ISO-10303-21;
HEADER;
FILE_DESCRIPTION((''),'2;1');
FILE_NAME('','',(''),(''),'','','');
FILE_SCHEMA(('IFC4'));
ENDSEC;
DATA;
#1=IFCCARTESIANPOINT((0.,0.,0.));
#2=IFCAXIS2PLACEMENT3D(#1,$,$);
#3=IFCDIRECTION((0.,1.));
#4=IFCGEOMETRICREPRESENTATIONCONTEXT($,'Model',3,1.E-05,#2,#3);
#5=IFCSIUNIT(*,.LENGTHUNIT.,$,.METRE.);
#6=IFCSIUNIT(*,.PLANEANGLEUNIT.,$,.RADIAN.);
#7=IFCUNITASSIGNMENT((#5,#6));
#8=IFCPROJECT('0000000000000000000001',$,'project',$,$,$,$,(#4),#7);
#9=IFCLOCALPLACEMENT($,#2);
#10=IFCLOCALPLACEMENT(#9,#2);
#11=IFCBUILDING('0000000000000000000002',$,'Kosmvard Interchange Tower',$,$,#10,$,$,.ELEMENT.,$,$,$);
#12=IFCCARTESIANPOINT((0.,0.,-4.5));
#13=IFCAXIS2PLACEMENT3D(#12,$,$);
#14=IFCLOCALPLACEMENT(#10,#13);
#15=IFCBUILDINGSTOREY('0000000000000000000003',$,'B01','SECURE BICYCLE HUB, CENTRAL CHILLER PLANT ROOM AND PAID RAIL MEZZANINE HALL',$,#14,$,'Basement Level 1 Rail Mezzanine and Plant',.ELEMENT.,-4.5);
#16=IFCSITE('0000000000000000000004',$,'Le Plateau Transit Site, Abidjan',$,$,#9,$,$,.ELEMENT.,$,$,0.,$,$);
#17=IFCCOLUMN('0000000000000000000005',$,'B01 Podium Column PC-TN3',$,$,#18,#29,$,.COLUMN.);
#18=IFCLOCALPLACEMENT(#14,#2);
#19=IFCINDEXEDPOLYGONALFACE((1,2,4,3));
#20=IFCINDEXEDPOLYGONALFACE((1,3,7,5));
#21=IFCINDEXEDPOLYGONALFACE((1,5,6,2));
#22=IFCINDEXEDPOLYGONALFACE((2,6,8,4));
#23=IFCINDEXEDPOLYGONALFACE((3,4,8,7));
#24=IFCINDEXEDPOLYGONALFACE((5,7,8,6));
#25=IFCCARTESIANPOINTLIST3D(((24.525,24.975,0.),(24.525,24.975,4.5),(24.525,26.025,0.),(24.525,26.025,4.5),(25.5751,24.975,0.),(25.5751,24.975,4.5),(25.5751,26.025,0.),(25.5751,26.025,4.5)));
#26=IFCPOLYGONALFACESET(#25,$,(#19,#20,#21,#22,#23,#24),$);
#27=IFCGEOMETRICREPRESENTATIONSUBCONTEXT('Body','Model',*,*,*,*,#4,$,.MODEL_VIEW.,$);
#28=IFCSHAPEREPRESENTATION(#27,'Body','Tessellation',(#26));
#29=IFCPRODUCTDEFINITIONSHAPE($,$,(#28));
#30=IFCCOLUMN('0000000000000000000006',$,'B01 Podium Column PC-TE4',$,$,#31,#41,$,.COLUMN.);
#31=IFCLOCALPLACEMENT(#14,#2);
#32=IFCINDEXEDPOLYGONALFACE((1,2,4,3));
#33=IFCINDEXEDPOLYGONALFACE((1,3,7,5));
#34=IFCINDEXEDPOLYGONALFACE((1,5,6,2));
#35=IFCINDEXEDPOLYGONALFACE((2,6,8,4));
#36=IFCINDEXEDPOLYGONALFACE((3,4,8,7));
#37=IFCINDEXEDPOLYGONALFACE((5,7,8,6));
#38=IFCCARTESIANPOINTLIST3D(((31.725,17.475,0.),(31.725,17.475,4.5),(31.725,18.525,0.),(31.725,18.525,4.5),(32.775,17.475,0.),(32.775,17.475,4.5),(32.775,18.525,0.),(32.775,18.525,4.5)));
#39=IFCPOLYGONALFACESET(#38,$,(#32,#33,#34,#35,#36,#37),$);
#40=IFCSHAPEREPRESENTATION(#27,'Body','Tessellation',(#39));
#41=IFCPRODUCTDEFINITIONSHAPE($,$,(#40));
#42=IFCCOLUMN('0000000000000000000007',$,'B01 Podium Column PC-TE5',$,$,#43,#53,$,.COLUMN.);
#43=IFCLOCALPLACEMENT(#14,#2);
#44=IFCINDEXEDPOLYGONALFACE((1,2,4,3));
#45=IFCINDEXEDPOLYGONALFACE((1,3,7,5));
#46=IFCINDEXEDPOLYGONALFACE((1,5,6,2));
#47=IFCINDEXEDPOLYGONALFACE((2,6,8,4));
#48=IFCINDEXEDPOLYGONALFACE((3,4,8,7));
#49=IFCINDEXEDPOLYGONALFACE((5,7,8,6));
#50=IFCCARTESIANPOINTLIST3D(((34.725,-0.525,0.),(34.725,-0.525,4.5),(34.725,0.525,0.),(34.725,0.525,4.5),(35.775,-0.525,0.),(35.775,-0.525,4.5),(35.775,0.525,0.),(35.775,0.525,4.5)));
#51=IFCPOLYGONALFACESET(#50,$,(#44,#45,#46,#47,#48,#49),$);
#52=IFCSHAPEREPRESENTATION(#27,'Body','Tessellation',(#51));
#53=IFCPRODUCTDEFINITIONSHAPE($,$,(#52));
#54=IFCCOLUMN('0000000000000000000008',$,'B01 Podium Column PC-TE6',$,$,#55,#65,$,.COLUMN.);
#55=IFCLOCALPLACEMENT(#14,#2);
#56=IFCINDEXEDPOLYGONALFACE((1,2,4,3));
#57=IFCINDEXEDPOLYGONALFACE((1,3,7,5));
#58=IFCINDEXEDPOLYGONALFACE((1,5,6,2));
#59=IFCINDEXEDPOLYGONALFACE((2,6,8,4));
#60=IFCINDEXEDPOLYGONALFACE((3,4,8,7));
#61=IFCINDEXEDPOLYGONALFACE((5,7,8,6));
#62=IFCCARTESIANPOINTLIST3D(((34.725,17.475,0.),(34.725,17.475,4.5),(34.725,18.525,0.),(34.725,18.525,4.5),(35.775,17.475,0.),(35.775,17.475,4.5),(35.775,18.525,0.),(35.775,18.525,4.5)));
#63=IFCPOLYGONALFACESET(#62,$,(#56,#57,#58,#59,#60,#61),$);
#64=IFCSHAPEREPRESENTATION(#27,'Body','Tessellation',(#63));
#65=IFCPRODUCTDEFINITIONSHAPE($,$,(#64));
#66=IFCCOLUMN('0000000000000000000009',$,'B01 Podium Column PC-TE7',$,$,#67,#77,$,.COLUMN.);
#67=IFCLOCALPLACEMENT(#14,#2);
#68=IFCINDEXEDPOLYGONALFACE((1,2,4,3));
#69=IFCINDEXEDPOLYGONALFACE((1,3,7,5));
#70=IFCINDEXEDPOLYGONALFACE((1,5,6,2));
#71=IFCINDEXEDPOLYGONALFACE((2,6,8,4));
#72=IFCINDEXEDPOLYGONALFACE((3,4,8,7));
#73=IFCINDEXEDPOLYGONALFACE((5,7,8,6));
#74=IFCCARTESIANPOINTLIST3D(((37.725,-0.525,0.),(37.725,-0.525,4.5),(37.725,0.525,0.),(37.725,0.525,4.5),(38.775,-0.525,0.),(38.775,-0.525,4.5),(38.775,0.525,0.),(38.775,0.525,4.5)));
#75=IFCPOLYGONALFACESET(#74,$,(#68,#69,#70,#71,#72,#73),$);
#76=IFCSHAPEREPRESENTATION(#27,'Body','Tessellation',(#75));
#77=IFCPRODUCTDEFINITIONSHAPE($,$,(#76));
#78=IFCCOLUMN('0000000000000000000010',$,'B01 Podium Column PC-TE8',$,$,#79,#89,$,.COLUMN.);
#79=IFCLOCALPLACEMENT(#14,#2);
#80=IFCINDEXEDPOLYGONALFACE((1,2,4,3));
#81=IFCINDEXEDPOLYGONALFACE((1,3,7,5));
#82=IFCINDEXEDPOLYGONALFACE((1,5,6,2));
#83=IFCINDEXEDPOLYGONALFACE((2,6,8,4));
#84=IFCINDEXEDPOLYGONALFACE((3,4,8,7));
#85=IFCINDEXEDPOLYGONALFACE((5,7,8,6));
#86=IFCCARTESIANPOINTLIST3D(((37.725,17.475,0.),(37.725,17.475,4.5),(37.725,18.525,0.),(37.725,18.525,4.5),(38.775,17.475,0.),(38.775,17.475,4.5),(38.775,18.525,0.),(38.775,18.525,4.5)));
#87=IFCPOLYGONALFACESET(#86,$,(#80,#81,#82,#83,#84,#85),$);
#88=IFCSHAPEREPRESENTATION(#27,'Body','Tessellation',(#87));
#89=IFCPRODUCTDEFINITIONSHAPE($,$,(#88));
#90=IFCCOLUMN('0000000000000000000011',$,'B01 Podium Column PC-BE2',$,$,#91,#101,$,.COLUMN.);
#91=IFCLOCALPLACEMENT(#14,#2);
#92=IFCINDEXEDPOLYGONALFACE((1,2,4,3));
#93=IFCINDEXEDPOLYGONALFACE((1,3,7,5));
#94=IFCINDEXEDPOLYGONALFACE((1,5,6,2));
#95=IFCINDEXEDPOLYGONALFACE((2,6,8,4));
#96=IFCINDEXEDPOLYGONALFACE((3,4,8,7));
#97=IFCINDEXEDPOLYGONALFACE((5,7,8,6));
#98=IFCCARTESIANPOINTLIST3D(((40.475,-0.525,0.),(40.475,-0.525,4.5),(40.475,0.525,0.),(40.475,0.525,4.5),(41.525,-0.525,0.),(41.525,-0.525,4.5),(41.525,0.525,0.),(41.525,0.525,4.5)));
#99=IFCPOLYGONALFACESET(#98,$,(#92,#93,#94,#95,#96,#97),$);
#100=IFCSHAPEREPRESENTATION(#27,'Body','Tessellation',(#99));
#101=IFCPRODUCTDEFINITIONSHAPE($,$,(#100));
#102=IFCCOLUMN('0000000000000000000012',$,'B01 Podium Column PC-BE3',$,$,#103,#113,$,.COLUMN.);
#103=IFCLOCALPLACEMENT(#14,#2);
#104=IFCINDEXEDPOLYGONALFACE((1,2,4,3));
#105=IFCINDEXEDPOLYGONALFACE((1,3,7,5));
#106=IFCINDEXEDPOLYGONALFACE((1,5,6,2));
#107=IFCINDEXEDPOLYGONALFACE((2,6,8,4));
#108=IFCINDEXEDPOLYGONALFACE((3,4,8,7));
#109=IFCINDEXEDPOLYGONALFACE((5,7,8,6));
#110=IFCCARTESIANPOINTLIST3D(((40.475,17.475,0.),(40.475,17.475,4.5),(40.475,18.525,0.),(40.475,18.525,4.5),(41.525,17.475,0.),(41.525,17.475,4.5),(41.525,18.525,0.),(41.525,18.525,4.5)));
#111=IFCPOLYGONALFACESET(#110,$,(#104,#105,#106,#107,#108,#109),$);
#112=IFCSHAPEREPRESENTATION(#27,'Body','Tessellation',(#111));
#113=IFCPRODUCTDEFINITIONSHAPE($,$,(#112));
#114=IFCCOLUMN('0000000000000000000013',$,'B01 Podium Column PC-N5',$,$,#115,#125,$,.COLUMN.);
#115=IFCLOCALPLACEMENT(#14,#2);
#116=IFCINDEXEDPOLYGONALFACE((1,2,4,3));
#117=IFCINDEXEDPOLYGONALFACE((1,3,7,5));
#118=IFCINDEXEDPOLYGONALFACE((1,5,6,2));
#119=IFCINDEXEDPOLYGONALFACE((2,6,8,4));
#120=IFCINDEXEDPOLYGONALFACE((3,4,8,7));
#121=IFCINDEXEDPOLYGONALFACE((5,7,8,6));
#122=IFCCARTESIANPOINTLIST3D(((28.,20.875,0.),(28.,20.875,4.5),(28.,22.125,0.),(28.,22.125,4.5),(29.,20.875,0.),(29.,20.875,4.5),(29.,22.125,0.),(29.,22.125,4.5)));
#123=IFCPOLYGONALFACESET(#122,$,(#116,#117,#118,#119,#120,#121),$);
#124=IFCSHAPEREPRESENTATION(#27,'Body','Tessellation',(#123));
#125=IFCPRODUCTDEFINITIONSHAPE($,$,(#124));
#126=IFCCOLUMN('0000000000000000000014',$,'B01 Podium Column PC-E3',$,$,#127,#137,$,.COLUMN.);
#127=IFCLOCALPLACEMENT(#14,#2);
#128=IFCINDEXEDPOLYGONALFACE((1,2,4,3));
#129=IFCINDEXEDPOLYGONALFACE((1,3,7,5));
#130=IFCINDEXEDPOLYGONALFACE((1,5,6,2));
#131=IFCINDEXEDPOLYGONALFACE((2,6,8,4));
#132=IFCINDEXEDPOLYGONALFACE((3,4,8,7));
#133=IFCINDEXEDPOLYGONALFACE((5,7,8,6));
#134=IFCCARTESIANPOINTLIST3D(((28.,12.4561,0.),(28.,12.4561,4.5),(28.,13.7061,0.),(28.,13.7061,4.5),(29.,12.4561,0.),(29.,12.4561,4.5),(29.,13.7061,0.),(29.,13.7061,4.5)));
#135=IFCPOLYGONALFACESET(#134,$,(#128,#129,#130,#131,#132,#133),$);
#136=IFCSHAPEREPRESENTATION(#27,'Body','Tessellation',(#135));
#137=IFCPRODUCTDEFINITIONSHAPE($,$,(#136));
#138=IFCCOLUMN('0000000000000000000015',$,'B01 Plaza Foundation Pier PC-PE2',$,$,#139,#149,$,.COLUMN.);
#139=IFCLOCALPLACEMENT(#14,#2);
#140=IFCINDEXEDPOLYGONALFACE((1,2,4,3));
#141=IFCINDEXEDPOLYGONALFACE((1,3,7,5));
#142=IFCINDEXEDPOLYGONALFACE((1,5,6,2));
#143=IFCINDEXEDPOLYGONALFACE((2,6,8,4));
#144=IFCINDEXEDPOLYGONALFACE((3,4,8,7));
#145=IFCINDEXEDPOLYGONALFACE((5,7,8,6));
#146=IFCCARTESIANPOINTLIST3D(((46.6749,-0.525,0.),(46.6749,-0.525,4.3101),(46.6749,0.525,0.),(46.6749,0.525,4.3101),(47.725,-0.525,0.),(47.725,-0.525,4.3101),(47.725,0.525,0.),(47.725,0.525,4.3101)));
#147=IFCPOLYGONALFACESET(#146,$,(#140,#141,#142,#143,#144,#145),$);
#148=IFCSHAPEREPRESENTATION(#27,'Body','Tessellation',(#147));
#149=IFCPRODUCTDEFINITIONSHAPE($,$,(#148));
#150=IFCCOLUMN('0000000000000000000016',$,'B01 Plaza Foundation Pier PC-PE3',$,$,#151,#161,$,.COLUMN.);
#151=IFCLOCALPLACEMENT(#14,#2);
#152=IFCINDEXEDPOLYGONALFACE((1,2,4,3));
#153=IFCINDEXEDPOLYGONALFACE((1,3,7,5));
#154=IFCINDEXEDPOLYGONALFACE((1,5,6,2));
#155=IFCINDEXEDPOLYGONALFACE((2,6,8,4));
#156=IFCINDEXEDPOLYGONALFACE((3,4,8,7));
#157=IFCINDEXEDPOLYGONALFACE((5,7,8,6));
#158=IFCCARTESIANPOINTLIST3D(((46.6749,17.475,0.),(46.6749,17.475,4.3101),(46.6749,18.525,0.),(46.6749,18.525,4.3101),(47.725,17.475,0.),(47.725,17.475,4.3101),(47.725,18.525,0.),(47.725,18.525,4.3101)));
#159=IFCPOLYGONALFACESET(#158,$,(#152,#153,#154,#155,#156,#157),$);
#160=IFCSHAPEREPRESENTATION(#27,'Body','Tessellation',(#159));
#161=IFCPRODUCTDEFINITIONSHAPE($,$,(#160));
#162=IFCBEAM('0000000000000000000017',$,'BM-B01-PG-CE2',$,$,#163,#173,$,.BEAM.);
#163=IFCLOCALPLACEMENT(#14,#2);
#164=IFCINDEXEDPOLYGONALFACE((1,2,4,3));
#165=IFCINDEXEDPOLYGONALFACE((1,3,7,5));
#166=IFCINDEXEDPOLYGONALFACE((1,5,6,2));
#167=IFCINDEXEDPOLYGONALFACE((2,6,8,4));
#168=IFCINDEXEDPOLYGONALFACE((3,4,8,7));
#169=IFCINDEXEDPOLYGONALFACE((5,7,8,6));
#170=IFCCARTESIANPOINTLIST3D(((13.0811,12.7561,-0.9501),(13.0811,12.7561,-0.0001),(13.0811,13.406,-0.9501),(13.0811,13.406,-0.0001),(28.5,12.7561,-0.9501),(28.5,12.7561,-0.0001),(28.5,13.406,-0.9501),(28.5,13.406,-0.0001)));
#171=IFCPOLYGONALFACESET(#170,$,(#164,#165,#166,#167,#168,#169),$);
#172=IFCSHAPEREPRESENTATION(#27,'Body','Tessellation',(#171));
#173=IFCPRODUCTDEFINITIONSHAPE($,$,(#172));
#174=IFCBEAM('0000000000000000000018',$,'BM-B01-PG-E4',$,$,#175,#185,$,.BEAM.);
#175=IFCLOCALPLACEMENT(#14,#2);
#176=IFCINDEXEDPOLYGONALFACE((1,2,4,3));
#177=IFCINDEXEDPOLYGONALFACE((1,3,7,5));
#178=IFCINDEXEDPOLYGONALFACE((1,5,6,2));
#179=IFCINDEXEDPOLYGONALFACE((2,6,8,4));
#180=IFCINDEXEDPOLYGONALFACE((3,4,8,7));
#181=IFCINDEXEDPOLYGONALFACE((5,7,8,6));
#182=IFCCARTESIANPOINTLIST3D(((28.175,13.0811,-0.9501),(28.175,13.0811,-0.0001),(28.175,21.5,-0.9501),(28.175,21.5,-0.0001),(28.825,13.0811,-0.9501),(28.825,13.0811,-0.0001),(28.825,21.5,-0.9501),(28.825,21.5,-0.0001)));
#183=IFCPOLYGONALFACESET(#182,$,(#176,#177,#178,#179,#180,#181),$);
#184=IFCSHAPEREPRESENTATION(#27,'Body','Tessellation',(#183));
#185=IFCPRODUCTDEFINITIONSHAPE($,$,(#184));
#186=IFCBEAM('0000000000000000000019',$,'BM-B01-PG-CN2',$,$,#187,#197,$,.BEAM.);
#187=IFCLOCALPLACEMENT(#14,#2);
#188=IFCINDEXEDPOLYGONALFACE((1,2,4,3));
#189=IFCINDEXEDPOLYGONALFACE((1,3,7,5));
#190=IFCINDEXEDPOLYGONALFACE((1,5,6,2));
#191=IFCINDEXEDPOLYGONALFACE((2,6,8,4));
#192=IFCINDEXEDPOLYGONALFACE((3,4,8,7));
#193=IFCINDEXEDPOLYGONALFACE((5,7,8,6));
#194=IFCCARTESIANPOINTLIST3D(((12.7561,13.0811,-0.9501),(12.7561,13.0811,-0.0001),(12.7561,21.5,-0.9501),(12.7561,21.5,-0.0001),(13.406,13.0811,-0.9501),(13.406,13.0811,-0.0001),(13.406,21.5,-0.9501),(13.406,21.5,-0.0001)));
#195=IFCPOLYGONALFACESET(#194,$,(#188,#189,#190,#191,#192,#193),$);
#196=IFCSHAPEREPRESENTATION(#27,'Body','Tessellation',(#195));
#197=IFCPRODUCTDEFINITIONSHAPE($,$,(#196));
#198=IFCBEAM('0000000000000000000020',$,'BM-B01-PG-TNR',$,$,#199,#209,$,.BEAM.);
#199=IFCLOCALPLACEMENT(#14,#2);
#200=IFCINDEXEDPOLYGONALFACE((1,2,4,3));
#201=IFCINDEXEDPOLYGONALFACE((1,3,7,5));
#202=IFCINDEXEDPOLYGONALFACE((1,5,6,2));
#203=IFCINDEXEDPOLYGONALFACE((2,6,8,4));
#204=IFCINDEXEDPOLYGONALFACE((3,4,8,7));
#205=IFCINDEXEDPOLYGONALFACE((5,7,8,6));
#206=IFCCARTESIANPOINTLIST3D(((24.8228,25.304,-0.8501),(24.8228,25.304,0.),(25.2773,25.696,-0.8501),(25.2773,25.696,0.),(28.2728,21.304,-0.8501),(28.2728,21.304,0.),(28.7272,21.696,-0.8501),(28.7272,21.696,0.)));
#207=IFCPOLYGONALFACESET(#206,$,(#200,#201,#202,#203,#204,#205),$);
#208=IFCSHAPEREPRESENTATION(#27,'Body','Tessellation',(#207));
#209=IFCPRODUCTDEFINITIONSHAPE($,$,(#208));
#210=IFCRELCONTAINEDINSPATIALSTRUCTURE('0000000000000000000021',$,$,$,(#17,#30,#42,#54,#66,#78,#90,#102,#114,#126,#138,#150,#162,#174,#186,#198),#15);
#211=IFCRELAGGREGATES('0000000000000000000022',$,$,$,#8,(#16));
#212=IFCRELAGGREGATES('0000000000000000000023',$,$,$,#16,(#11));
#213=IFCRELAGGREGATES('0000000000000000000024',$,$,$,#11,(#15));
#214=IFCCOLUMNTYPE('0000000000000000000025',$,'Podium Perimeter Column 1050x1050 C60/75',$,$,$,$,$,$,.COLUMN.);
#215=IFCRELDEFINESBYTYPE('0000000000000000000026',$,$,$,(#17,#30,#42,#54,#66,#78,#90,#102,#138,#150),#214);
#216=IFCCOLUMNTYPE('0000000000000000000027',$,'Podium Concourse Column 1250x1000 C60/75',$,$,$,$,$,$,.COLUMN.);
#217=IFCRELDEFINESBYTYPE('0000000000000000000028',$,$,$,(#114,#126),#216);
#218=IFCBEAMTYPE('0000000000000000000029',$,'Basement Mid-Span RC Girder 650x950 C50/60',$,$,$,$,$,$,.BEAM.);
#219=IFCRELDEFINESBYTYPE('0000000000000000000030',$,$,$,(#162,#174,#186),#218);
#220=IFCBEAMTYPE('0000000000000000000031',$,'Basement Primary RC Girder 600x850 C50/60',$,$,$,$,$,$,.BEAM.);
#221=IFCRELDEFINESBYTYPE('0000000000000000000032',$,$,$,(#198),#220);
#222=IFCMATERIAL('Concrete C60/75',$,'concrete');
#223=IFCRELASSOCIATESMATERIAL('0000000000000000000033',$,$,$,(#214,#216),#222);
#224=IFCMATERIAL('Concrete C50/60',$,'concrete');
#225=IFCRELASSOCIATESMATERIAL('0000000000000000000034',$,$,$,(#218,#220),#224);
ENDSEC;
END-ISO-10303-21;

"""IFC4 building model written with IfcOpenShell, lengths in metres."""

from ifc_helpers import new_model, si_unit, direction, frame, origin, origin_2d, place, context, subcontext, project, spatial, rectangle, extrude, source, transform, mapped, material, material_profile, profile_set, type_object, element, save


model = new_model("IFC4")

# Units and contexts
model_context = context("Model", 3, precision=1e-05, world=origin(), true_north=direction((0.0, 1.0)))
body_context = subcontext(model_context, "Body", "Model", "MODEL_VIEW")
ifc_project = project(units=[si_unit("LENGTHUNIT", "METRE"), si_unit("PLANEANGLEUNIT", "RADIAN")], contexts=[model_context])

# Site, building, storey
site_placement = place(None, origin())
site = spatial("IfcSite", under=ifc_project, at=site_placement, Name="Le Plateau Transit Site, Abidjan", CompositionType="ELEMENT", RefElevation=0.0)
building_placement = place(site_placement, origin())
building = spatial("IfcBuilding", under=site, at=building_placement, Name="Kosmvard Interchange Tower", CompositionType="ELEMENT")
storey_placement = place(building_placement, frame((0.0, 0.0, -4.5)))
storey = spatial("IfcBuildingStorey", under=building, at=storey_placement, Name="B01", Description="SECURE BICYCLE HUB, CENTRAL CHILLER PLANT ROOM AND PAID RAIL MEZZANINE HALL", LongName="Basement Level 1 Rail Mezzanine and Plant", CompositionType="ELEMENT", Elevation=-4.5)

# Columns
ifc_material_1 = material(Name="Concrete C60/75", Category="concrete")
ifc_material_profile_1 = material_profile(ifc_material_1, rectangle(XDim=1.05, YDim=1.05, at=origin_2d()), Name="PC 1050x1050")
ifc_profile_set_1 = profile_set([ifc_material_profile_1], Name="Concrete C60/75")
column_type_1 = type_object("IfcColumnType", Name="Podium Perimeter Column 1050x1050 C60/75", PredefinedType="COLUMN", material=ifc_profile_set_1)
shared_shape_1 = source(origin(), body_context, "Body", "SweptSolid", [
    extrude(rectangle(XDim=1.05, YDim=1.05, at=origin_2d()), origin(), (0.0, 0.0, 1.0), 4.5),
])
for number, where, z_axis, x_axis, name in (
    (1, (25.05, 25.5, 0.0), (0.0, 0.0, 1.0), (1.0, 0.0, 0.0), "B01 Podium Column PC-TN3"),
    (2, (32.25, 18.0, 0.0), (0.0, 0.0, 1.0), (1.0, 0.0, 0.0), "B01 Podium Column PC-TE4"),
    (3, (35.25, 0.0, 0.0), (0.0, 0.0, 1.0), (1.0, 0.0, 0.0), "B01 Podium Column PC-TE5"),
    (4, (35.25, 18.0, 0.0), (0.0, 0.0, 1.0), (1.0, 0.0, 0.0), "B01 Podium Column PC-TE6"),
    (5, (38.25, 0.0, 0.0), (0.0, 0.0, 1.0), (1.0, 0.0, 0.0), "B01 Podium Column PC-TE7"),
    (6, (38.25, 18.0, 0.0), (0.0, 0.0, 1.0), (1.0, 0.0, 0.0), "B01 Podium Column PC-TE8"),
    (7, (41.0, 0.0, 0.0), (0.0, 0.0, 1.0), (1.0, 0.0, 0.0), "B01 Podium Column PC-BE2"),
    (8, (41.0, 18.0, 0.0), (0.0, 0.0, 1.0), (1.0, 0.0, 0.0), "B01 Podium Column PC-BE3"),
):
    element("IfcColumn", number, at=place(storey_placement, frame(where, z_axis=z_axis, x_axis=x_axis)), inside=storey, type_object=column_type_1, Name=name, PredefinedType="COLUMN", context=body_context, shape_type="MappedRepresentation", body=[
        mapped(shared_shape_1, transform((0.0, 0.0, 0.0), scale=1.0)),
    ])
ifc_material_profile_2 = material_profile(ifc_material_1, rectangle(XDim=1.0, YDim=1.25, at=origin_2d()), Name="PC 1250x1000")
ifc_profile_set_2 = profile_set([ifc_material_profile_2], Name="Concrete C60/75")
column_type_2 = type_object("IfcColumnType", Name="Podium Concourse Column 1250x1000 C60/75", PredefinedType="COLUMN", material=ifc_profile_set_2)
shared_shape_2 = source(origin(), body_context, "Body", "SweptSolid", [
    extrude(rectangle(XDim=1.0, YDim=1.25, at=origin_2d()), origin(), (0.0, 0.0, 1.0), 4.5),
])
for number, where, z_axis, x_axis, name in (
    (9, (28.5, 21.5, 0.0), (0.0, 0.0, 1.0), (1.0, 0.0, 0.0), "B01 Podium Column PC-N5"),
    (10, (28.5, 13.0811, 0.0), (0.0, 0.0, 1.0), (1.0, 0.0, 0.0), "B01 Podium Column PC-E3"),
):
    element("IfcColumn", number, at=place(storey_placement, frame(where, z_axis=z_axis, x_axis=x_axis)), inside=storey, type_object=column_type_2, Name=name, PredefinedType="COLUMN", context=body_context, shape_type="MappedRepresentation", body=[
        mapped(shared_shape_2, transform((0.0, 0.0, 0.0), scale=1.0)),
    ])
shared_shape_3 = source(origin(), body_context, "Body", "SweptSolid", [
    extrude(rectangle(XDim=1.05, YDim=1.05, at=origin_2d()), origin(), (0.0, 0.0, 1.0), 4.3101),
])
for number, where, z_axis, x_axis, name in (
    (11, (47.2, 0.0, 0.0), (0.0, 0.0, 1.0), (1.0, 0.0, 0.0), "B01 Plaza Foundation Pier PC-PE2"),
    (12, (47.2, 18.0, 0.0), (0.0, 0.0, 1.0), (1.0, 0.0, 0.0), "B01 Plaza Foundation Pier PC-PE3"),
):
    element("IfcColumn", number, at=place(storey_placement, frame(where, z_axis=z_axis, x_axis=x_axis)), inside=storey, type_object=column_type_1, Name=name, PredefinedType="COLUMN", context=body_context, shape_type="MappedRepresentation", body=[
        mapped(shared_shape_3, transform((0.0, 0.0, 0.0), scale=1.0)),
    ])

# Beams
ifc_material_2 = material(Name="Concrete C50/60", Category="concrete")
ifc_material_profile_3 = material_profile(ifc_material_2, rectangle(XDim=0.6499, YDim=0.95, at=origin_2d()), Name="RCG 650x950")
ifc_profile_set_3 = profile_set([ifc_material_profile_3], Name="Concrete C50/60")
beam_type_1 = type_object("IfcBeamType", Name="Basement Mid-Span RC Girder 650x950 C50/60", PredefinedType="BEAM", material=ifc_profile_set_3)
shared_shape_4 = source(origin(), body_context, "Body", "SweptSolid", [
    extrude(rectangle(XDim=0.6499, YDim=0.95, at=origin_2d()), origin(), (0.0, 0.0, 1.0), 15.4189),
])
beam_1_placement = place(storey_placement, frame((28.5, 13.0811, -0.4751), z_axis=(-1.0, 0.0, 0.0), x_axis=(0.0, -1.0, 0.0)))
element("IfcBeam", 13, at=beam_1_placement, inside=storey, type_object=beam_type_1, Name="BM-B01-PG-CE2", PredefinedType="BEAM", context=body_context, shape_type="MappedRepresentation", body=[
    mapped(shared_shape_4, transform((0.0, 0.0, 0.0), scale=1.0)),
])
shared_shape_5 = source(origin(), body_context, "Body", "SweptSolid", [
    extrude(rectangle(XDim=0.6499, YDim=0.95, at=origin_2d()), origin(), (0.0, 0.0, 1.0), 8.4189),
])
for number, where, z_axis, x_axis, name in (
    (14, (28.5, 13.0811, -0.4751), (0.0, 1.0, 0.0), (-1.0, 0.0, 0.0), "BM-B01-PG-E4"),
    (15, (13.0811, 21.5, -0.4751), (0.0, -1.0, 0.0), (1.0, 0.0, 0.0), "BM-B01-PG-CN2"),
):
    element("IfcBeam", number, at=place(storey_placement, frame(where, z_axis=z_axis, x_axis=x_axis)), inside=storey, type_object=beam_type_1, Name=name, PredefinedType="BEAM", context=body_context, shape_type="MappedRepresentation", body=[
        mapped(shared_shape_5, transform((0.0, 0.0, 0.0), scale=1.0)),
    ])
ifc_material_profile_4 = material_profile(ifc_material_2, rectangle(XDim=0.6001, YDim=0.8501, at=origin_2d()), Name="RCG 600x850")
ifc_profile_set_4 = profile_set([ifc_material_profile_4], Name="Concrete C50/60")
beam_type_2 = type_object("IfcBeamType", Name="Basement Primary RC Girder 600x850 C50/60", PredefinedType="BEAM", material=ifc_profile_set_4)
shared_shape_6 = source(origin(), body_context, "Body", "SweptSolid", [
    extrude(rectangle(XDim=0.6001, YDim=0.8501, at=origin_2d()), origin(), (0.0, 0.0, 1.0), 5.2822),
])
beam_2_placement = place(storey_placement, frame((25.05, 25.5, -0.425), z_axis=(0.653122, -0.757253, 0.0), x_axis=(0.757253, 0.653122, 0.0)))
element("IfcBeam", 16, at=beam_2_placement, inside=storey, type_object=beam_type_2, Name="BM-B01-PG-TNR", PredefinedType="BEAM", context=body_context, shape_type="MappedRepresentation", body=[
    mapped(shared_shape_6, transform((0.0, 0.0, 0.0), scale=1.0)),
])

save(model, "model.ifc")
